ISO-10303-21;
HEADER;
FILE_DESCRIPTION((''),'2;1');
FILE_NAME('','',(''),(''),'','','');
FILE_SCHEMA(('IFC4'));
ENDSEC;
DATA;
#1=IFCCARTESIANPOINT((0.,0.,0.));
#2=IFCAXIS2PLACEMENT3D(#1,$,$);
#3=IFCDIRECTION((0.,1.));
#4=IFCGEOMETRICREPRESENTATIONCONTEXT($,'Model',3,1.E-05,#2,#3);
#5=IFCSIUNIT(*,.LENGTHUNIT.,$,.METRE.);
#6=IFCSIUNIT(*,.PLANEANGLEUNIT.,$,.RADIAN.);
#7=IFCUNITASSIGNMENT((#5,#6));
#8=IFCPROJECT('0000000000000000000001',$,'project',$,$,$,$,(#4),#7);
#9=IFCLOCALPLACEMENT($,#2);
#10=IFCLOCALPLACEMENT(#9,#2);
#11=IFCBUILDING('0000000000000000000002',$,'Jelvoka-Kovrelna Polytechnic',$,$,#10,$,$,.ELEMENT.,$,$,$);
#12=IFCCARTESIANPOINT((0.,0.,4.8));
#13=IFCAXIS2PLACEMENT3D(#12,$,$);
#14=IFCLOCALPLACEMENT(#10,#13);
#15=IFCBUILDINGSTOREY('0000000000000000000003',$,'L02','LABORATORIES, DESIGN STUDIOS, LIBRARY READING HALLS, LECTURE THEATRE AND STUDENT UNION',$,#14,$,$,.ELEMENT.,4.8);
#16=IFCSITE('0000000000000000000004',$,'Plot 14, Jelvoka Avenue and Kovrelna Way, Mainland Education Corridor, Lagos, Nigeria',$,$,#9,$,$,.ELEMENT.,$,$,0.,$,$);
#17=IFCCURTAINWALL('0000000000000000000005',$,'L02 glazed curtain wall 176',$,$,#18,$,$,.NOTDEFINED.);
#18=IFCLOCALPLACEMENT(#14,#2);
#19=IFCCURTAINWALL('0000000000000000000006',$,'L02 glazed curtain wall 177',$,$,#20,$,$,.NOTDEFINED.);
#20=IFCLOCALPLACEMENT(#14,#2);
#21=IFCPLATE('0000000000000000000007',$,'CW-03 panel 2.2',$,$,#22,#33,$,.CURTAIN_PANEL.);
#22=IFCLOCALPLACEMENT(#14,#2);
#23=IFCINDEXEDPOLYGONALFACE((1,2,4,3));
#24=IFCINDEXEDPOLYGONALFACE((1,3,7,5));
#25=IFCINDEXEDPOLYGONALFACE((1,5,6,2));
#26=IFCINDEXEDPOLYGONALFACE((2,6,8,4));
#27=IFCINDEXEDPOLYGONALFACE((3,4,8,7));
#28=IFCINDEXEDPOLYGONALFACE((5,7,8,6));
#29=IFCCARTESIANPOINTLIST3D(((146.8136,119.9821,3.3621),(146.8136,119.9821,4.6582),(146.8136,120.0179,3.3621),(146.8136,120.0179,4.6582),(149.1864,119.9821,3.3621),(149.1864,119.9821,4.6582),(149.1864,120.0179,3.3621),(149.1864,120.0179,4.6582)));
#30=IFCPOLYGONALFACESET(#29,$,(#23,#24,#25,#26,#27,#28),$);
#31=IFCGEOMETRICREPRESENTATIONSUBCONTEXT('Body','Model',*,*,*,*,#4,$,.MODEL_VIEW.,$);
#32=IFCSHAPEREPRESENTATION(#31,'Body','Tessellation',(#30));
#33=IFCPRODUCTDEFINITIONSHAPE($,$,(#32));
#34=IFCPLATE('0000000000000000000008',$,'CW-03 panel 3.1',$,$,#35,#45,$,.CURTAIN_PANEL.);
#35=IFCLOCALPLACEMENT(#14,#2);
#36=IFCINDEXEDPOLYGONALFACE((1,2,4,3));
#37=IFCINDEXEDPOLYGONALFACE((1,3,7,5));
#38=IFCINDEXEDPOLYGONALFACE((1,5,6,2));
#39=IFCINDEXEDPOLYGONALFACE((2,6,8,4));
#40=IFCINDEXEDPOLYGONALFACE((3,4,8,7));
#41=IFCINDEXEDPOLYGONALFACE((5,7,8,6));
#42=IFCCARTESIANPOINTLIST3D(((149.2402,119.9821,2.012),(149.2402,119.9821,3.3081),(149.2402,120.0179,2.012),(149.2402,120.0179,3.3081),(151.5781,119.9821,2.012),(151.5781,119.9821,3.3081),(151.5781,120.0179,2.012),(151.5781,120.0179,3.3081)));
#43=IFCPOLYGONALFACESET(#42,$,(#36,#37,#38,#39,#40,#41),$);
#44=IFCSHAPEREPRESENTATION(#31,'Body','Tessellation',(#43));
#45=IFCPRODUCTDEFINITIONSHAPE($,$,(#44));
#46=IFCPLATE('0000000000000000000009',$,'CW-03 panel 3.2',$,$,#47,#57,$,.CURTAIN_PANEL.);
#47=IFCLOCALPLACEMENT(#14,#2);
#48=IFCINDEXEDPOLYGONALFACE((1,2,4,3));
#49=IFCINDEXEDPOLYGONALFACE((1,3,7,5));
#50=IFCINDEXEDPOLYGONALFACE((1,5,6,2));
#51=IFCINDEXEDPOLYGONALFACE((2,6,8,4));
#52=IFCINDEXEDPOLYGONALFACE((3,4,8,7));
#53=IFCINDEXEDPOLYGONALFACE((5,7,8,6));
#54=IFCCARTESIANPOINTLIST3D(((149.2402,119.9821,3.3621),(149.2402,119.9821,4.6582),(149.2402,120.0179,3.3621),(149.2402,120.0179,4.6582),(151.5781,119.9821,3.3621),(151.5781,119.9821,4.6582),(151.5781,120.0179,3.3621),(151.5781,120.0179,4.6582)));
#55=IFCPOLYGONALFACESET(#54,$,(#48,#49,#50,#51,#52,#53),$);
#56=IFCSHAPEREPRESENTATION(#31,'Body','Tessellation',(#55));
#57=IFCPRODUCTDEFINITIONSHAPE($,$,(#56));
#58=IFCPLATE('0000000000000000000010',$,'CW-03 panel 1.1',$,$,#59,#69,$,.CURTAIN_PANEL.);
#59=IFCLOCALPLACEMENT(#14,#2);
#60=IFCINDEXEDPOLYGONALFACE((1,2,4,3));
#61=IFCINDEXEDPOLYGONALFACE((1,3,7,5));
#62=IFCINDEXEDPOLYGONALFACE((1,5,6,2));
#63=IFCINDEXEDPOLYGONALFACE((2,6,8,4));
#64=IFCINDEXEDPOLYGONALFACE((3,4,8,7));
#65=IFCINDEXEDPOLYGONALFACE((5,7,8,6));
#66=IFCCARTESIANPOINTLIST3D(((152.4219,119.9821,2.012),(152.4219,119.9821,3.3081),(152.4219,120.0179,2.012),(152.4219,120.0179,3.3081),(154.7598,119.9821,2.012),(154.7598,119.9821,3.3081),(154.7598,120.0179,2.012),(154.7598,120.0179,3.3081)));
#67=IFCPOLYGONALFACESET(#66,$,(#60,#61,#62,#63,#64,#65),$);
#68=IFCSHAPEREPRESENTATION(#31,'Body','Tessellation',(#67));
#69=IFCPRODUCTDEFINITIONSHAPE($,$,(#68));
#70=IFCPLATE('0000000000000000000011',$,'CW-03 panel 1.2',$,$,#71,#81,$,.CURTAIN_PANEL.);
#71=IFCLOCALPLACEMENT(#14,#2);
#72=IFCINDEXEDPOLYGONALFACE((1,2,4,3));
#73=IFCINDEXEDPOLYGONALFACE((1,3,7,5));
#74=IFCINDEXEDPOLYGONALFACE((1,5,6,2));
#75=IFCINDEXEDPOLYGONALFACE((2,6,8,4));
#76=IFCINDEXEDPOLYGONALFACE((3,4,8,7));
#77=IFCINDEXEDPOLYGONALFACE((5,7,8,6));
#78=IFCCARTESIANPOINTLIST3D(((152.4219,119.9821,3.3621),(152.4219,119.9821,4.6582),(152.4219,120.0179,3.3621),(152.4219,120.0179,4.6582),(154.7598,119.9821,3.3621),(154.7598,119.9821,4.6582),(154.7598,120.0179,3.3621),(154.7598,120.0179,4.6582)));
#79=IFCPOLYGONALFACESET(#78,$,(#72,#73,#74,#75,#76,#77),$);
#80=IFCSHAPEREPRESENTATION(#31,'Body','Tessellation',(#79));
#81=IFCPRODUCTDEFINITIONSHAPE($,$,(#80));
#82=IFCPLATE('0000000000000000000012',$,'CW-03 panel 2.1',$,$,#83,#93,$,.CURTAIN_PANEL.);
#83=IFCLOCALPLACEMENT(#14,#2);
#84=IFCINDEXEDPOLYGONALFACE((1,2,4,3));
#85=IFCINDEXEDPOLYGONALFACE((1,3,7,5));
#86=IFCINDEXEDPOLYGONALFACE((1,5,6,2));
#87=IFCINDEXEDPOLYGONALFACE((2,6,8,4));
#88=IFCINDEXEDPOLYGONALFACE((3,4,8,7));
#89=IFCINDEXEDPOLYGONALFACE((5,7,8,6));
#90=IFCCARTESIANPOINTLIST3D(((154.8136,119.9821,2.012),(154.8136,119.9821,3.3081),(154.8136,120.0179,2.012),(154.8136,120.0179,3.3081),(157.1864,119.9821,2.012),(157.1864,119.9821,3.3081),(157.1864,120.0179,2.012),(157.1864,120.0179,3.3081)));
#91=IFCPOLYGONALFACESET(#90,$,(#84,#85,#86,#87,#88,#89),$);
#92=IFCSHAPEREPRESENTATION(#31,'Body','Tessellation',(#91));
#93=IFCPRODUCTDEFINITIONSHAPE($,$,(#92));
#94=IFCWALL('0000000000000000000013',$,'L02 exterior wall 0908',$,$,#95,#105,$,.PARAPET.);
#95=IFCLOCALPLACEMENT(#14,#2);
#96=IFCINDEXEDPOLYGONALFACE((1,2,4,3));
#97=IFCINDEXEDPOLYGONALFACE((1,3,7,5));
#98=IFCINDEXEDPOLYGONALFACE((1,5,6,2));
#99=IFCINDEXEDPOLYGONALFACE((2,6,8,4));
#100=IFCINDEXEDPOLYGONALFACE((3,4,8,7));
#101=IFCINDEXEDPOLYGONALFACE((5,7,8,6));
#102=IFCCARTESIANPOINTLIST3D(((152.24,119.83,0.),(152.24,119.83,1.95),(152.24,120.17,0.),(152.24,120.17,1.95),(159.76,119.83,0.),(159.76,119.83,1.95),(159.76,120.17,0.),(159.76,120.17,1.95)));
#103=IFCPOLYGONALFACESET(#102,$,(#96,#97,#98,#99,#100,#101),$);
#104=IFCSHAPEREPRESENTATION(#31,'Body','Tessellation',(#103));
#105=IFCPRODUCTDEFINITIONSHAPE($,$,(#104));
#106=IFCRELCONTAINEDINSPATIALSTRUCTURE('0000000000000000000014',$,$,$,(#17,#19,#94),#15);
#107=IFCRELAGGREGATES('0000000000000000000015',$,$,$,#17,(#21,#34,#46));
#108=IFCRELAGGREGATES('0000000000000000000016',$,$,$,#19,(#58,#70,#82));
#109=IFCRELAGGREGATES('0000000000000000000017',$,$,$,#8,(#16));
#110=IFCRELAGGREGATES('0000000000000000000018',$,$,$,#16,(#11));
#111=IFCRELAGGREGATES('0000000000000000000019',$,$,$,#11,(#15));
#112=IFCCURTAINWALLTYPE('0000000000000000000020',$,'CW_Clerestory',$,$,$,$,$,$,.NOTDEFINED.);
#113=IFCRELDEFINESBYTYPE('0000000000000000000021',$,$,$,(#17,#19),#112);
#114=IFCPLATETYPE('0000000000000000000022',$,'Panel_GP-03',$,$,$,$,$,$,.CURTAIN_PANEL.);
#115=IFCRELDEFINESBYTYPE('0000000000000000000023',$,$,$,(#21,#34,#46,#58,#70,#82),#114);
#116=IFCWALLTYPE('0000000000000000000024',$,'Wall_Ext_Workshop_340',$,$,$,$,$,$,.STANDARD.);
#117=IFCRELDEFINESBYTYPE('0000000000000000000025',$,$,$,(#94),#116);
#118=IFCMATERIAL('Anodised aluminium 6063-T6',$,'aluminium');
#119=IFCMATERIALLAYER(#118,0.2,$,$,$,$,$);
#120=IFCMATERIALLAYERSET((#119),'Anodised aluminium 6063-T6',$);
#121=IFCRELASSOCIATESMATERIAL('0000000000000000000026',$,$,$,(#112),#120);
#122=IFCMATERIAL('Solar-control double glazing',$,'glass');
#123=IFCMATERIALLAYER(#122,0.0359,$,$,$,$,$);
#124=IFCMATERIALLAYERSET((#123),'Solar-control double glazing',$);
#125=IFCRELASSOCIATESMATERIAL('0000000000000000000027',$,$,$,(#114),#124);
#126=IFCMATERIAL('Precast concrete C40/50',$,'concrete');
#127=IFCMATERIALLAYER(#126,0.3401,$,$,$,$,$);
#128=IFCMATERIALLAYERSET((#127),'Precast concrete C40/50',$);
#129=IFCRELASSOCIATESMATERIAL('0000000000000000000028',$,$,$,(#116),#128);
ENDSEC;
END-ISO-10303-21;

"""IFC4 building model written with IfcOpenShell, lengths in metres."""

from ifc_helpers import new_model, si_unit, direction, frame, frame_2d, origin, origin_2d, place, context, subcontext, project, spatial, rectangle, extrude, material, layer, layer_set, type_object, element, aggregate, save


model = new_model("IFC4")

# Units and contexts
model_context = context("Model", 3, precision=1e-05, world=origin(), true_north=direction((0.0, 1.0)))
body_context = subcontext(model_context, "Body", "Model", "MODEL_VIEW")
ifc_project = project(units=[si_unit("LENGTHUNIT", "METRE"), si_unit("PLANEANGLEUNIT", "RADIAN")], contexts=[model_context])

# Site, building, storey
site_placement = place(None, origin())
site = spatial("IfcSite", under=ifc_project, at=site_placement, Name="Plot 14, Jelvoka Avenue and Kovrelna Way, Mainland Education Corridor, Lagos, Nigeria", CompositionType="ELEMENT", RefElevation=0.0)
building_placement = place(site_placement, origin())
building = spatial("IfcBuilding", under=site, at=building_placement, Name="Jelvoka-Kovrelna Polytechnic", CompositionType="ELEMENT")
storey_placement = place(building_placement, frame((0.0, 0.0, 4.8)))
storey = spatial("IfcBuildingStorey", under=building, at=storey_placement, Name="L02", Description="LABORATORIES, DESIGN STUDIOS, LIBRARY READING HALLS, LECTURE THEATRE AND STUDENT UNION", CompositionType="ELEMENT", Elevation=4.8)

# Curtain walls
ifc_material_1 = material(Name="Anodised aluminium 6063-T6", Category="aluminium")
ifc_layer_1 = layer(ifc_material_1, 0.2)
ifc_layer_set_1 = layer_set([ifc_layer_1], Name="Anodised aluminium 6063-T6")
curtain_wall_type = type_object("IfcCurtainWallType", Name="CW_Clerestory", PredefinedType="NOTDEFINED", material=ifc_layer_set_1)
curtain_wall_1_placement = place(storey_placement, origin())
curtain_wall_1 = element("IfcCurtainWall", 1, at=curtain_wall_1_placement, inside=storey, type_object=curtain_wall_type, Name="L02 glazed curtain wall 176", PredefinedType="NOTDEFINED")
curtain_wall_2_placement = place(storey_placement, origin())
curtain_wall_2 = element("IfcCurtainWall", 2, at=curtain_wall_2_placement, inside=storey, type_object=curtain_wall_type, Name="L02 glazed curtain wall 177", PredefinedType="NOTDEFINED")

# Plates
ifc_material_2 = material(Name="Solar-control double glazing", Category="glass")
ifc_layer_2 = layer(ifc_material_2, 0.0359)
ifc_layer_set_2 = layer_set([ifc_layer_2], Name="Solar-control double glazing")
plate_type = type_object("IfcPlateType", Name="Panel_GP-03", PredefinedType="CURTAIN_PANEL", material=ifc_layer_set_2)
plate_1_placement = place(storey_placement, frame((148.0, 120.0, 3.3621), z_axis=(0.0, 0.0, 1.0), x_axis=(1.0, 0.0, 0.0)))
plate_1 = element("IfcPlate", 3, at=plate_1_placement, type_object=plate_type, Name="CW-03 panel 2.2", PredefinedType="CURTAIN_PANEL", context=body_context, shape_type="SweptSolid", body=[
    extrude(rectangle(XDim=2.3728, YDim=0.0359, at=origin_2d()), origin(), (0.0, 0.0, 1.0), 1.2961),
])
plate_2_placement = place(storey_placement, frame((150.4092, 120.0, 2.012), z_axis=(0.0, 0.0, 1.0), x_axis=(1.0, 0.0, 0.0)))
plate_2 = element("IfcPlate", 4, at=plate_2_placement, type_object=plate_type, Name="CW-03 panel 3.1", PredefinedType="CURTAIN_PANEL", context=body_context, shape_type="SweptSolid", body=[
    extrude(rectangle(XDim=2.3379, YDim=0.0359, at=origin_2d()), origin(), (0.0, 0.0, 1.0), 1.2961),
])
plate_3_placement = place(storey_placement, frame((150.4092, 120.0, 3.3621), z_axis=(0.0, 0.0, 1.0), x_axis=(1.0, 0.0, 0.0)))
plate_3 = element("IfcPlate", 5, at=plate_3_placement, type_object=plate_type, Name="CW-03 panel 3.2", PredefinedType="CURTAIN_PANEL", context=body_context, shape_type="SweptSolid", body=[
    extrude(rectangle(XDim=2.3379, YDim=0.0359, at=origin_2d()), origin(), (0.0, 0.0, 1.0), 1.2961),
])
aggregate(curtain_wall_1, [plate_1, plate_2, plate_3])
plate_4_placement = place(storey_placement, frame((153.5908, 120.0, 2.012), z_axis=(0.0, 0.0, 1.0), x_axis=(1.0, 0.0, 0.0)))
plate_4 = element("IfcPlate", 6, at=plate_4_placement, type_object=plate_type, Name="CW-03 panel 1.1", PredefinedType="CURTAIN_PANEL", context=body_context, shape_type="SweptSolid", body=[
    extrude(rectangle(XDim=2.3379, YDim=0.0359, at=origin_2d()), origin(), (0.0, 0.0, 1.0), 1.2961),
])
plate_5_placement = place(storey_placement, frame((153.5908, 120.0, 3.3621), z_axis=(0.0, 0.0, 1.0), x_axis=(1.0, 0.0, 0.0)))
plate_5 = element("IfcPlate", 7, at=plate_5_placement, type_object=plate_type, Name="CW-03 panel 1.2", PredefinedType="CURTAIN_PANEL", context=body_context, shape_type="SweptSolid", body=[
    extrude(rectangle(XDim=2.3379, YDim=0.0359, at=origin_2d()), origin(), (0.0, 0.0, 1.0), 1.2961),
])
plate_6_placement = place(storey_placement, frame((156.0, 120.0, 2.012), z_axis=(0.0, 0.0, 1.0), x_axis=(1.0, 0.0, 0.0)))
plate_6 = element("IfcPlate", 8, at=plate_6_placement, type_object=plate_type, Name="CW-03 panel 2.1", PredefinedType="CURTAIN_PANEL", context=body_context, shape_type="SweptSolid", body=[
    extrude(rectangle(XDim=2.3728, YDim=0.0359, at=origin_2d()), origin(), (0.0, 0.0, 1.0), 1.2961),
])
aggregate(curtain_wall_2, [plate_4, plate_5, plate_6])

# Wall
ifc_material_3 = material(Name="Precast concrete C40/50", Category="concrete")
ifc_layer_3 = layer(ifc_material_3, 0.3401)
ifc_layer_set_3 = layer_set([ifc_layer_3], Name="Precast concrete C40/50")
wall_type = type_object("IfcWallType", Name="Wall_Ext_Workshop_340", PredefinedType="STANDARD", material=ifc_layer_set_3)
wall_placement = place(storey_placement, frame((152.24, 120.0, 0.0), z_axis=(0.0, 0.0, 1.0), x_axis=(1.0, 0.0, 0.0)))
element("IfcWall", 9, at=wall_placement, inside=storey, type_object=wall_type, Name="L02 exterior wall 0908", PredefinedType="PARAPET", context=body_context, shape_type="SweptSolid", body=[
    extrude(rectangle(XDim=7.52, YDim=0.3401, at=frame_2d((3.76, 0.0))), origin(), (0.0, 0.0, 1.0), 1.95),
])

save(model, "model.ifc")
